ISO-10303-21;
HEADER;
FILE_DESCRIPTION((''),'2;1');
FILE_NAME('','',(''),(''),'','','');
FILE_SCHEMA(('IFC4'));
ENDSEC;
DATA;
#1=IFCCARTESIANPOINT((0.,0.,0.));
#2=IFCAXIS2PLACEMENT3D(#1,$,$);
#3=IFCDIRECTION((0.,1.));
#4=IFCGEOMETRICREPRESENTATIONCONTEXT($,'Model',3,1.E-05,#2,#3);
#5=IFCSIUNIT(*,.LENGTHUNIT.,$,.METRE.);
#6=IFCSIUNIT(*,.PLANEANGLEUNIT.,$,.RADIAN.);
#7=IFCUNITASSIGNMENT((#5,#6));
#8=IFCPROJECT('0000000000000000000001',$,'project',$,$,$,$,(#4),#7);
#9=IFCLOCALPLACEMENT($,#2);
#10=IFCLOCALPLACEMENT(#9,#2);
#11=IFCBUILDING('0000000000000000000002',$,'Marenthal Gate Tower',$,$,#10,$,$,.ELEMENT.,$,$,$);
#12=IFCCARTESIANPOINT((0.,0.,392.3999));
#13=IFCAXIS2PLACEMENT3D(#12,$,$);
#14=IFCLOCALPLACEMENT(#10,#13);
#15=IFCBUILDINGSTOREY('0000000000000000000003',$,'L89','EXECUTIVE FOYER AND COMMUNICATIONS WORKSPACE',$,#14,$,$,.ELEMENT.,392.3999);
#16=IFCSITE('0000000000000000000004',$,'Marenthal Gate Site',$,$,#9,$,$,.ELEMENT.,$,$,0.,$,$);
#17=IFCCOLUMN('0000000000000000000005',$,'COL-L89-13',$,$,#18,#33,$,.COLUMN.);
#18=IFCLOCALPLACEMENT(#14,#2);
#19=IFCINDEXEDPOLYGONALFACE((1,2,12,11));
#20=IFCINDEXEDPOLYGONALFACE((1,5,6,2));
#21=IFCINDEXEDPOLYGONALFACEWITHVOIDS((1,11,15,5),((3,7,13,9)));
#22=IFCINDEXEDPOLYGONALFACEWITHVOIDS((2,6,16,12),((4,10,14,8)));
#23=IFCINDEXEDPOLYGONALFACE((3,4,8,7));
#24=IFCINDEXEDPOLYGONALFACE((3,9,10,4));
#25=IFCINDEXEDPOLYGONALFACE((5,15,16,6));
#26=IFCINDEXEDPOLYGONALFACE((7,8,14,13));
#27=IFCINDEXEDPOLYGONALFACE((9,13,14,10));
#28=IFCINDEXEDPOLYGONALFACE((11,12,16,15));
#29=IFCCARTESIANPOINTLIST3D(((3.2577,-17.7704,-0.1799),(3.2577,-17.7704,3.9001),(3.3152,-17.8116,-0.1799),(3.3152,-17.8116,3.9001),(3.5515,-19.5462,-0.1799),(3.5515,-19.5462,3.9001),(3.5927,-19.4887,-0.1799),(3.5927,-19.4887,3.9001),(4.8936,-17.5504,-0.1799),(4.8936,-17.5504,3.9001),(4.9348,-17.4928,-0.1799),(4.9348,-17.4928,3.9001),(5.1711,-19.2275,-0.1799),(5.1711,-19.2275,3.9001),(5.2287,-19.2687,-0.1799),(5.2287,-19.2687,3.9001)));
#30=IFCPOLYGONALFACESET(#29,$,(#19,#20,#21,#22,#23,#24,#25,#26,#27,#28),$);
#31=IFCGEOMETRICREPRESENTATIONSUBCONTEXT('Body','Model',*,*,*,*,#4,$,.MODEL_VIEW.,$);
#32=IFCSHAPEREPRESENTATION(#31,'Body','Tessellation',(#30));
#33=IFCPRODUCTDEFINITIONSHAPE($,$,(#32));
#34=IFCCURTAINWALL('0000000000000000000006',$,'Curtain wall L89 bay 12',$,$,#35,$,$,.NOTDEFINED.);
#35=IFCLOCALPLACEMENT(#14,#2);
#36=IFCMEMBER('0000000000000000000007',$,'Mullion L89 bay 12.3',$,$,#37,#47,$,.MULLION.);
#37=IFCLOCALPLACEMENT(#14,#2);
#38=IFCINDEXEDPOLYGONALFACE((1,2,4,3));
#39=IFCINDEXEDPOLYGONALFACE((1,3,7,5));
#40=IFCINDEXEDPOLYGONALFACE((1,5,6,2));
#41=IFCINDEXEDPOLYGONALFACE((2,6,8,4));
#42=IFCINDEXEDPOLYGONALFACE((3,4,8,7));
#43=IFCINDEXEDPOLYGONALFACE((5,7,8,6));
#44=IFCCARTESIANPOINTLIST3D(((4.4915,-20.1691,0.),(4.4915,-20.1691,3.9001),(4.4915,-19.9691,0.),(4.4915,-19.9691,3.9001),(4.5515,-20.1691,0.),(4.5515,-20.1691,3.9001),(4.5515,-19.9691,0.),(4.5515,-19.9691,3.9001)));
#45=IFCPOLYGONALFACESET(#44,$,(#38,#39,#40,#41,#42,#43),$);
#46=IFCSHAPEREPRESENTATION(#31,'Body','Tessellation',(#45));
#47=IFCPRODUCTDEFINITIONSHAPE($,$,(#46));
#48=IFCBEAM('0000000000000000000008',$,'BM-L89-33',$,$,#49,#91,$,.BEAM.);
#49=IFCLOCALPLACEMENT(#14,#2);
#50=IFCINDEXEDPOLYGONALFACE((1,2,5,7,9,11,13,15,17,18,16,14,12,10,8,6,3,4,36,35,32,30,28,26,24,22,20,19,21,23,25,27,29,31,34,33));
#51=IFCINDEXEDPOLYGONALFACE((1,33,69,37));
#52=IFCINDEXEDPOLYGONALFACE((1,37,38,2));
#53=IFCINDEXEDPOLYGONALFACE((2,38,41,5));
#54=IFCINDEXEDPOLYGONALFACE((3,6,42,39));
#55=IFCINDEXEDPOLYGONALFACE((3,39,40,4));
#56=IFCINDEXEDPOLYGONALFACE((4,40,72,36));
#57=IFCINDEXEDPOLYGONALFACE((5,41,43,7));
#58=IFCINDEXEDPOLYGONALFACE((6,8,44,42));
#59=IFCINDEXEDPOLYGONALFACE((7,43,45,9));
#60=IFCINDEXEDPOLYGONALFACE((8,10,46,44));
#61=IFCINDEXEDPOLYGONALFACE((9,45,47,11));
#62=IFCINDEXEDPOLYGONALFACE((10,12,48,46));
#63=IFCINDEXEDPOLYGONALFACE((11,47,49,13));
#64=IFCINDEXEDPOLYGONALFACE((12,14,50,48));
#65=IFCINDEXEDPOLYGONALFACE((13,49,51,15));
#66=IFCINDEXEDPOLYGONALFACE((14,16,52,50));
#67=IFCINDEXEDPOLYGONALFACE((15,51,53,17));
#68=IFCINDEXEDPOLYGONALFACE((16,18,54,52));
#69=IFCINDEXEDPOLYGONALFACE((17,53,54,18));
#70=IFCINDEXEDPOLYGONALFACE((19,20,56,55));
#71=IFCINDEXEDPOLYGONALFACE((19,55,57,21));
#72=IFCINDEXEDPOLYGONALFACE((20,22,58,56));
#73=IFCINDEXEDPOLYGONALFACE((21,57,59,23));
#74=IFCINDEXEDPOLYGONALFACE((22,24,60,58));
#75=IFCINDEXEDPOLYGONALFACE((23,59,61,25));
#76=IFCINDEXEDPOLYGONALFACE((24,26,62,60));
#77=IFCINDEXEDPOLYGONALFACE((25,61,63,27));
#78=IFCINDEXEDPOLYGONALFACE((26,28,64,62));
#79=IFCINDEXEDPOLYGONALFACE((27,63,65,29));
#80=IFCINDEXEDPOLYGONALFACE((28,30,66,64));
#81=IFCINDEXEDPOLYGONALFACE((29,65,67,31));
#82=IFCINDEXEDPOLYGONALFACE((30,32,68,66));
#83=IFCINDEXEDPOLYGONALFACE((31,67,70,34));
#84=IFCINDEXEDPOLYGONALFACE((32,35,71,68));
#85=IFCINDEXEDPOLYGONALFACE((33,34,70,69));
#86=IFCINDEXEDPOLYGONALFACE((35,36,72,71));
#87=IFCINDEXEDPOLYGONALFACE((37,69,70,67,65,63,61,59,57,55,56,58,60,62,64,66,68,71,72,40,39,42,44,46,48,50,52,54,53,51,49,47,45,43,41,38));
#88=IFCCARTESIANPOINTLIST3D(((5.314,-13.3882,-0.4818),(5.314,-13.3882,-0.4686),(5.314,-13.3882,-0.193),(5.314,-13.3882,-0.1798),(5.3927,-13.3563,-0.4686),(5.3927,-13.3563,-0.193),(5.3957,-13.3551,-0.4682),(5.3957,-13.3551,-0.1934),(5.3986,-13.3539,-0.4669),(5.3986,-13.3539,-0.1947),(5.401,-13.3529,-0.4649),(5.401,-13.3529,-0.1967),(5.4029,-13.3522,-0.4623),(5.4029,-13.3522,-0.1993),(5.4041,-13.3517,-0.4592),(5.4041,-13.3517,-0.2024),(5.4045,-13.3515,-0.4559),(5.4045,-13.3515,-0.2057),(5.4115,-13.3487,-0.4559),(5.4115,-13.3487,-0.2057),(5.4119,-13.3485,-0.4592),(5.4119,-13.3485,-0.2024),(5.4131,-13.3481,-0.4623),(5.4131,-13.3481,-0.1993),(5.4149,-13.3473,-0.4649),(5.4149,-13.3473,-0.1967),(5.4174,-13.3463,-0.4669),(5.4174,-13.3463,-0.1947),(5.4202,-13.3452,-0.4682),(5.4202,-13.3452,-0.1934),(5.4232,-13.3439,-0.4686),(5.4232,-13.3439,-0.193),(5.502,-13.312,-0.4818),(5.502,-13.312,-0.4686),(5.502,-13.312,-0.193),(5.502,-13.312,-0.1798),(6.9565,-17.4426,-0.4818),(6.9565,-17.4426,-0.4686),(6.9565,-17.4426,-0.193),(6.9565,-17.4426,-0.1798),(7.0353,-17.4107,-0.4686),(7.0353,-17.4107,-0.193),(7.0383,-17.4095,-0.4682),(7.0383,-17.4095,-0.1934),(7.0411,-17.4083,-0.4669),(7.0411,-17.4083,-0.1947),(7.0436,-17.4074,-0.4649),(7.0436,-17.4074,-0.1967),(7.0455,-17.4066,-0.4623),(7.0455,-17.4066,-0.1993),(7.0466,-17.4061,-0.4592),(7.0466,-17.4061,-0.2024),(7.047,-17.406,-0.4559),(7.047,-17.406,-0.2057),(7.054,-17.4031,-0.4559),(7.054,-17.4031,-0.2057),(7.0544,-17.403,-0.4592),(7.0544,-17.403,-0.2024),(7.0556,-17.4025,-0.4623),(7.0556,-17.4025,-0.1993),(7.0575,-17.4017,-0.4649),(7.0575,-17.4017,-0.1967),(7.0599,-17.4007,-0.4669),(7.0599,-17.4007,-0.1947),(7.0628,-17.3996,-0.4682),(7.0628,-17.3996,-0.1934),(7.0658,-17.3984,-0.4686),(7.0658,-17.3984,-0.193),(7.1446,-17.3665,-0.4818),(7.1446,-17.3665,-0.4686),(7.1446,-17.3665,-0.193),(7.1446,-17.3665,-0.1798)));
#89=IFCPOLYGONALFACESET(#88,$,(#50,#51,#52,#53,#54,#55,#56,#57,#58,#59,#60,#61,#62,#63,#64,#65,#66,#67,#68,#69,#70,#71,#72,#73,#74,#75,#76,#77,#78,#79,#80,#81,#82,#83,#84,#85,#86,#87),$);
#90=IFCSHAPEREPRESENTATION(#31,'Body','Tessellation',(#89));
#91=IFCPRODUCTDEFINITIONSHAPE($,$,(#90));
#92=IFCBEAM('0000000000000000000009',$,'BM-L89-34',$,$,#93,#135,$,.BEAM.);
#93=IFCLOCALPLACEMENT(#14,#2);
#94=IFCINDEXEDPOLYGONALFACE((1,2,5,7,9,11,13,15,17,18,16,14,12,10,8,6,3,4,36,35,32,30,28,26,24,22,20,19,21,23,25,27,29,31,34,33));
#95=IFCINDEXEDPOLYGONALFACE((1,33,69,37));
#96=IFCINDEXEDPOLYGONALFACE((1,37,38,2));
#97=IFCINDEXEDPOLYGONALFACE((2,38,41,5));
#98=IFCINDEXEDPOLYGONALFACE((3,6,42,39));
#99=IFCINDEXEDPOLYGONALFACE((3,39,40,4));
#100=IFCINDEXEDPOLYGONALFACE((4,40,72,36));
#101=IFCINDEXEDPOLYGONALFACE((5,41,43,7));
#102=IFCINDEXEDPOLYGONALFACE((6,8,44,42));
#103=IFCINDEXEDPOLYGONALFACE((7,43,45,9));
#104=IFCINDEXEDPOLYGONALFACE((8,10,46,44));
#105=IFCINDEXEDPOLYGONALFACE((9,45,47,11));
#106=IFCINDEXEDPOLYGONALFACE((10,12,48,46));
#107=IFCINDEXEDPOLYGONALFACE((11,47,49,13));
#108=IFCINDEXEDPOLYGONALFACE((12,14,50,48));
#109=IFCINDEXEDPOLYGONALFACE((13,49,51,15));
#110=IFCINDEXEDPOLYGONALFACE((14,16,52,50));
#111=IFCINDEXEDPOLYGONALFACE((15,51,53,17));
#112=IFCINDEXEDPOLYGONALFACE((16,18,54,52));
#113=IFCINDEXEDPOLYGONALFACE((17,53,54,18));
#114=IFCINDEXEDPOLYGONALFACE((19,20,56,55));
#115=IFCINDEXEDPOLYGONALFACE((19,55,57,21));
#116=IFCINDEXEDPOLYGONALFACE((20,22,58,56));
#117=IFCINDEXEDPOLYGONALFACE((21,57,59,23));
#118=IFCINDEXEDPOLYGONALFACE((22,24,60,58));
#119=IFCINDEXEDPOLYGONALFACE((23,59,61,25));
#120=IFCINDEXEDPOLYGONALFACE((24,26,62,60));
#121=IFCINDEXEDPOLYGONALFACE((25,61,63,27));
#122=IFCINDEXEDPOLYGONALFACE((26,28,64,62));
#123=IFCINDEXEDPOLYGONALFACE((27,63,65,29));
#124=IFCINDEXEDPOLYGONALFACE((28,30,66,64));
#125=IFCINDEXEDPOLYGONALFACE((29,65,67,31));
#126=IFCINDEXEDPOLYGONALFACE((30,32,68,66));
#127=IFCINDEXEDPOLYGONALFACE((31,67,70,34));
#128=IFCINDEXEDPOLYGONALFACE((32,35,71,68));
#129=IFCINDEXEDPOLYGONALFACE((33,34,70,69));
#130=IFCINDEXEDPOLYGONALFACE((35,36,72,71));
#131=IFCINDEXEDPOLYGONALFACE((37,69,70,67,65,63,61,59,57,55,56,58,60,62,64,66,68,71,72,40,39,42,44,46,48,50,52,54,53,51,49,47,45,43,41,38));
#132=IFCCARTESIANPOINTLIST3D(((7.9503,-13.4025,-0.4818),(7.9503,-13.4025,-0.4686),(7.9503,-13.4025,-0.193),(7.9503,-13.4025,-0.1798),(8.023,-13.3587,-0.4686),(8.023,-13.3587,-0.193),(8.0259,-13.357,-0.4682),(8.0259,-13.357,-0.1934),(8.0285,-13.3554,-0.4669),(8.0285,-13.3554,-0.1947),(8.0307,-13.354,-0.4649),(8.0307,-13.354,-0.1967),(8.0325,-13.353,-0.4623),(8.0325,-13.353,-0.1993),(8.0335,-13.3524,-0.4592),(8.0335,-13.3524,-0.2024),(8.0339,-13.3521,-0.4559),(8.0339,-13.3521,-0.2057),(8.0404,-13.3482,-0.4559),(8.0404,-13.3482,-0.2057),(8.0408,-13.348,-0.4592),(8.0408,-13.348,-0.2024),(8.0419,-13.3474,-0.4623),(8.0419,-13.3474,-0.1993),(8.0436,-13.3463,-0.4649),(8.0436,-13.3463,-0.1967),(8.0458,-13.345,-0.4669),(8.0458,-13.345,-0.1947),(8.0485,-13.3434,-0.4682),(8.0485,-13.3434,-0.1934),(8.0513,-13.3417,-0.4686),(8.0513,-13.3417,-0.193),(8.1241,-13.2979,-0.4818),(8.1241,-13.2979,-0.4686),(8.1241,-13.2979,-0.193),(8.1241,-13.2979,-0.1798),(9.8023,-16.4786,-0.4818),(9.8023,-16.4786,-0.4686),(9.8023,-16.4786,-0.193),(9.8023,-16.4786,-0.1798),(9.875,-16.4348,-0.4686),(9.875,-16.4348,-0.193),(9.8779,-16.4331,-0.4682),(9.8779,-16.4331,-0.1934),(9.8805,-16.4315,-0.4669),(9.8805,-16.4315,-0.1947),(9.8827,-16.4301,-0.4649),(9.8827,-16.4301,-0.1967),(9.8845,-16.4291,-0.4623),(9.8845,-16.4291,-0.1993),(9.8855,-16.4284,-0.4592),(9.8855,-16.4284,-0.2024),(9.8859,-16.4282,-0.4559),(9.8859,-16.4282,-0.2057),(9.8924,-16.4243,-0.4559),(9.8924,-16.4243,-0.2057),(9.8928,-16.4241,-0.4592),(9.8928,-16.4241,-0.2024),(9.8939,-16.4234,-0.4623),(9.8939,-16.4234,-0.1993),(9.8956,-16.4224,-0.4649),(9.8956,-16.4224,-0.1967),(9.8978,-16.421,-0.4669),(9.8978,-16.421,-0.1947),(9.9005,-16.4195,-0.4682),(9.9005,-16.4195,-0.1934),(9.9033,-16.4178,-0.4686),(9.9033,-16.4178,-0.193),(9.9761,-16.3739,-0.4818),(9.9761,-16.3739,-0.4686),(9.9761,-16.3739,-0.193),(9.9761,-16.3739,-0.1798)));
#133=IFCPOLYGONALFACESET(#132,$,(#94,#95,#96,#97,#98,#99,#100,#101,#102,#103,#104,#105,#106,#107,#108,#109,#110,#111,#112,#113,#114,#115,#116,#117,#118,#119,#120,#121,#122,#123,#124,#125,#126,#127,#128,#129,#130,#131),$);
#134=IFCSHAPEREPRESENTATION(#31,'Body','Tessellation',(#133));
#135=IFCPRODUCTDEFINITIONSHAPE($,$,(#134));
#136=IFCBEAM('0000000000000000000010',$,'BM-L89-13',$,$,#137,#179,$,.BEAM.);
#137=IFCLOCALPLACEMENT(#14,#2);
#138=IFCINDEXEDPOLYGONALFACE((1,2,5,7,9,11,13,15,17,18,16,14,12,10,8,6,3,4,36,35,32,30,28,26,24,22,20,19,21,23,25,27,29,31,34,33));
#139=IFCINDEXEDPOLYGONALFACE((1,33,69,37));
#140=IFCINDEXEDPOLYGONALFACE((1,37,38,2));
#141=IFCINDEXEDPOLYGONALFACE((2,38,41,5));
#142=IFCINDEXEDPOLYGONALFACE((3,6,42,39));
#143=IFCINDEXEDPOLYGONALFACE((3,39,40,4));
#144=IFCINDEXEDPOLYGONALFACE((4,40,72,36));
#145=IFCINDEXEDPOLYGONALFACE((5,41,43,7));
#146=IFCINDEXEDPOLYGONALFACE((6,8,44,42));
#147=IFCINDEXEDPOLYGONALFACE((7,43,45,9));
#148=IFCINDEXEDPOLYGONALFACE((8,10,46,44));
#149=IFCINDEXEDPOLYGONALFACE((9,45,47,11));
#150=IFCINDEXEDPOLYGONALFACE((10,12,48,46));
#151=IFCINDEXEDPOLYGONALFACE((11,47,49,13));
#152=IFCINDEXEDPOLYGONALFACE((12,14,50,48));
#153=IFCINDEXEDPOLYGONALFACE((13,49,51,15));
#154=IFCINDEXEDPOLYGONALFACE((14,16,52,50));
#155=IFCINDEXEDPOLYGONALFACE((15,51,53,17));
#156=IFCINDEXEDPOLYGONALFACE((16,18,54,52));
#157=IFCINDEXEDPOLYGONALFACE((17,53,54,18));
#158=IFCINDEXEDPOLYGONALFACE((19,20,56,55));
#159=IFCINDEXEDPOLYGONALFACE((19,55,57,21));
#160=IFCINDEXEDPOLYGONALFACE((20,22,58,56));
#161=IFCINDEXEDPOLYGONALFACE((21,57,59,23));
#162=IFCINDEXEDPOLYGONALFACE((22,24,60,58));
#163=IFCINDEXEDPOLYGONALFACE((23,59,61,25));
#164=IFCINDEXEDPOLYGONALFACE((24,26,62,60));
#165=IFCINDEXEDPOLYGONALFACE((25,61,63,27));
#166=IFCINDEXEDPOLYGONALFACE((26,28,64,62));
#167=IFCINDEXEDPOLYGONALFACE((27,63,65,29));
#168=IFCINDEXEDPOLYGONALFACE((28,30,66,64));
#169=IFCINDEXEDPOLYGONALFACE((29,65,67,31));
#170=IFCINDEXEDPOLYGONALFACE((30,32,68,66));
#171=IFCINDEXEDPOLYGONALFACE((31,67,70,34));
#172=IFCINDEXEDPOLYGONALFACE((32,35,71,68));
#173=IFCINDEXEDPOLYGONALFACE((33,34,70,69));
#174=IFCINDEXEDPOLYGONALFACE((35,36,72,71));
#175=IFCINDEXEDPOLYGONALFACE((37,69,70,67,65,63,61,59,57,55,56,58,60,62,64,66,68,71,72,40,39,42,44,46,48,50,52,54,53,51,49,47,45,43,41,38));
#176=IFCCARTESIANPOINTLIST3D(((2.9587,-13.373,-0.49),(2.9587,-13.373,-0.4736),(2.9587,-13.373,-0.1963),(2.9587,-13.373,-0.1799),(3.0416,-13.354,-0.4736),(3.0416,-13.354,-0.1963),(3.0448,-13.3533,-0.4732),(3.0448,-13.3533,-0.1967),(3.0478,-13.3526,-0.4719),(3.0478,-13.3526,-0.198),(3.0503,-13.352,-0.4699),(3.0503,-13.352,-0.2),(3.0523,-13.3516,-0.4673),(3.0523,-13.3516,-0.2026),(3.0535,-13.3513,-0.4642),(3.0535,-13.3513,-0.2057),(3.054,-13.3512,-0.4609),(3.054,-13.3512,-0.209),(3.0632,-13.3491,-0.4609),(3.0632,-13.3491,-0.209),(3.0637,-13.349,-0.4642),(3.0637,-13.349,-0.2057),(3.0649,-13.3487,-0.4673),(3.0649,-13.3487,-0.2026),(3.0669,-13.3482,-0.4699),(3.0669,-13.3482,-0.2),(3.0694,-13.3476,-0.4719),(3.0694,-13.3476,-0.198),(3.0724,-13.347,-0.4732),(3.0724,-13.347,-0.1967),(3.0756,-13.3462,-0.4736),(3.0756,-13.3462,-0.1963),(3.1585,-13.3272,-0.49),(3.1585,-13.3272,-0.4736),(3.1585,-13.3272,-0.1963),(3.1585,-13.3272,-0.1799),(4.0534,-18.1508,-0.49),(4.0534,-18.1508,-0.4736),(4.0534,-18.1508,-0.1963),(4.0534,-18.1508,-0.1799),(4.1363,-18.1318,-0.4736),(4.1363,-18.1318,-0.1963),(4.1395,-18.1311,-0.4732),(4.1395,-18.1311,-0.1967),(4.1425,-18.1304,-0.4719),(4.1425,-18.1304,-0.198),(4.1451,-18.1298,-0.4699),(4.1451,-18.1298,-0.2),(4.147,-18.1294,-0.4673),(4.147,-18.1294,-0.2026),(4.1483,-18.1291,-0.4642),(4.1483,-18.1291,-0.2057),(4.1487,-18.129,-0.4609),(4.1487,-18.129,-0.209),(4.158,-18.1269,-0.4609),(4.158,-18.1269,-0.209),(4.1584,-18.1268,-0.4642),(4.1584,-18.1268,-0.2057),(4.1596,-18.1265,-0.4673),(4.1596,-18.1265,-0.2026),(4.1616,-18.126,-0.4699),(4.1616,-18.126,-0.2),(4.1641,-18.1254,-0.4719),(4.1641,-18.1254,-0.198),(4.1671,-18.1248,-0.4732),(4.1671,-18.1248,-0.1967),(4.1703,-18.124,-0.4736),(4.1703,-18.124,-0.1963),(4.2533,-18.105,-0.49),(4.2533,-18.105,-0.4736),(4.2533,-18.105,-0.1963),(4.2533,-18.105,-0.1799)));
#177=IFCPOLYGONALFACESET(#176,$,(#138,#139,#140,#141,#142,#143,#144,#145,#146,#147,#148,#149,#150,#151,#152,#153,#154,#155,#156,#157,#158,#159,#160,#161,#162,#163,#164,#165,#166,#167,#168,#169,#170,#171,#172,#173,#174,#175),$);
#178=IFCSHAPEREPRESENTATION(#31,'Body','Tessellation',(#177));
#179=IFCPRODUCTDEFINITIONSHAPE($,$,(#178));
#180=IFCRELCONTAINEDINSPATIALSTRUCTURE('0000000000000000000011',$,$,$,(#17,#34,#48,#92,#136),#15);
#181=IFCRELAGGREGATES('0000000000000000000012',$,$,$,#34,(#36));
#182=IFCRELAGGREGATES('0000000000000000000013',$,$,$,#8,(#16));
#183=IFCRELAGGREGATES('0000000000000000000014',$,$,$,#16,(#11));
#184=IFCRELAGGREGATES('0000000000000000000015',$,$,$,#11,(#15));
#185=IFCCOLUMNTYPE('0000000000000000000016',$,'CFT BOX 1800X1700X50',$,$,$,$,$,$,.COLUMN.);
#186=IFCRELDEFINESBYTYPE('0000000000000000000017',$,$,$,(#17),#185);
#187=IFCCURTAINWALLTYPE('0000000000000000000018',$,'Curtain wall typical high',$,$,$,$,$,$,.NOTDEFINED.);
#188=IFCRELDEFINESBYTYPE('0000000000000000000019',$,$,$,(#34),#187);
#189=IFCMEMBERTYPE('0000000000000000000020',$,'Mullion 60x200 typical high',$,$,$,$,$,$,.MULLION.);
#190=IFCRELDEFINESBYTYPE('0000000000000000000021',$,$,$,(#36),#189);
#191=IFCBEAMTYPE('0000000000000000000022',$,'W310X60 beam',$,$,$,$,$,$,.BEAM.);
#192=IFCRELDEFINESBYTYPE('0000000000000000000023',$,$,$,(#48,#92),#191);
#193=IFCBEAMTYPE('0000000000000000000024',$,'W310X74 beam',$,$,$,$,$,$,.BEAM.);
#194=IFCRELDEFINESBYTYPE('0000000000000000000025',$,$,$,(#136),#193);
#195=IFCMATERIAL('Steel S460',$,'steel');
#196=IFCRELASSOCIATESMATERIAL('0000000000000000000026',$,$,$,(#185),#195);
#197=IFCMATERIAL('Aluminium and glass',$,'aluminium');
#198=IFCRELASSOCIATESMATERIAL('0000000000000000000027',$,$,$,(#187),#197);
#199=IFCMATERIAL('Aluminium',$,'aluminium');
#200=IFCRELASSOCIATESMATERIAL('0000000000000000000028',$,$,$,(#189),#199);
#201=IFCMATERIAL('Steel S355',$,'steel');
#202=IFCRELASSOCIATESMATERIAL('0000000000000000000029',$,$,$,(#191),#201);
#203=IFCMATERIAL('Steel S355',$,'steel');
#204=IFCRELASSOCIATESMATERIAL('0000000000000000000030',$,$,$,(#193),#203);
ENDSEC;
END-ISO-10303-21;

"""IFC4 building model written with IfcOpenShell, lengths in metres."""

from ifc_helpers import new_model, si_unit, direction, frame, origin, origin_2d, place, context, subcontext, project, spatial, rectangle, hollow_rectangle, i_section, extrude, material, material_profile, profile_set, type_object, element, aggregate, save


model = new_model("IFC4")

# Units and contexts
model_context = context("Model", 3, precision=1e-05, world=origin(), true_north=direction((0.0, 1.0)))
body_context = subcontext(model_context, "Body", "Model", "MODEL_VIEW")
ifc_project = project(units=[si_unit("LENGTHUNIT", "METRE"), si_unit("PLANEANGLEUNIT", "RADIAN")], contexts=[model_context])

# Site, building, storey
site_placement = place(None, origin())
site = spatial("IfcSite", under=ifc_project, at=site_placement, Name="Marenthal Gate Site", CompositionType="ELEMENT", RefElevation=0.0)
building_placement = place(site_placement, origin())
building = spatial("IfcBuilding", under=site, at=building_placement, Name="Marenthal Gate Tower", CompositionType="ELEMENT")
storey_placement = place(building_placement, frame((0.0, 0.0, 392.3999)))
storey = spatial("IfcBuildingStorey", under=building, at=storey_placement, Name="L89", Description="EXECUTIVE FOYER AND COMMUNICATIONS WORKSPACE", CompositionType="ELEMENT", Elevation=392.3999)

# Column
ifc_material_1 = material(Name="Steel S460", Category="steel")
ifc_material_profile_1 = material_profile(ifc_material_1, hollow_rectangle(XDim=1.7, YDim=1.8, WallThickness=0.05, at=origin_2d()), Name="CFT BOX 1800X1700X50")
ifc_material_2 = material(Name="Concrete 70 MPa", Category="concrete")
ifc_material_profile_2 = material_profile(ifc_material_2, rectangle(XDim=1.6001, YDim=1.7, at=origin_2d()), Name="CFT BOX 1800X1700X50 INFILL")
ifc_profile_set_1 = profile_set([ifc_material_profile_1, ifc_material_profile_2], Name="Steel S460 shell, Concrete 70 MPa infill")
column_type = type_object("IfcColumnType", Name="CFT BOX 1800X1700X50", PredefinedType="COLUMN", material=ifc_profile_set_1)
column_placement = place(storey_placement, frame((4.2432, -18.5195, -0.1799), z_axis=(0.0, 0.0, 1.0), x_axis=(-0.986583, -0.163262, 0.0)))
element("IfcColumn", 1, at=column_placement, inside=storey, type_object=column_type, Name="COL-L89-13", PredefinedType="COLUMN", context=body_context, shape_type="SweptSolid", body=[
    extrude(hollow_rectangle(XDim=1.7, YDim=1.8, WallThickness=0.05, at=origin_2d()), origin(), (0.0, 0.0, 1.0), 4.0801),
])

# Curtain wall, member
ifc_material_3 = material(Name="Aluminium and glass", Category="aluminium")
curtain_wall_type = type_object("IfcCurtainWallType", Name="Curtain wall typical high", PredefinedType="NOTDEFINED", material=ifc_material_3)
curtain_wall_placement = place(storey_placement, origin())
curtain_wall = element("IfcCurtainWall", 2, at=curtain_wall_placement, inside=storey, type_object=curtain_wall_type, Name="Curtain wall L89 bay 12", PredefinedType="NOTDEFINED")
ifc_material_4 = material(Name="Aluminium", Category="aluminium")
ifc_material_profile_3 = material_profile(ifc_material_4, rectangle(XDim=0.2, YDim=0.0601, at=origin_2d()), Name="60x200 aluminium mullion")
ifc_profile_set_2 = profile_set([ifc_material_profile_3], Name="Aluminium")
member_type = type_object("IfcMemberType", Name="Mullion 60x200 typical high", PredefinedType="MULLION", material=ifc_profile_set_2)
member_placement = place(storey_placement, frame((4.5215, -20.0691, 0.0), z_axis=(0.0, 0.0, 1.0), x_axis=(0.0, 1.0, 0.0)))
member = element("IfcMember", 3, at=member_placement, type_object=member_type, Name="Mullion L89 bay 12.3", PredefinedType="MULLION", context=body_context, shape_type="SweptSolid", body=[
    extrude(rectangle(XDim=0.2, YDim=0.0601, at=origin_2d()), origin(), (0.0, 0.0, 1.0), 3.9001),
])

# Beams
ifc_material_5 = material(Name="Steel S355", Category="steel")
ifc_material_profile_4 = material_profile(ifc_material_5, i_section(OverallWidth=0.2029, OverallDepth=0.302, WebThickness=0.0076, FlangeThickness=0.0132, FilletRadius=0.0127, at=origin_2d()), Name="W310X60")
ifc_profile_set_3 = profile_set([ifc_material_profile_4], Name="Steel S355")
beam_type_1 = type_object("IfcBeamType", Name="W310X60 beam", PredefinedType="BEAM", material=ifc_profile_set_3)
beam_1_placement = place(storey_placement, frame((7.0505, -17.4045, -0.3308), z_axis=(-0.375486, 0.926828, 0.0), x_axis=(-0.926828, -0.375486, 0.0)))
element("IfcBeam", 4, at=beam_1_placement, inside=storey, type_object=beam_type_1, Name="BM-L89-33", PredefinedType="BEAM", context=body_context, shape_type="SweptSolid", body=[
    extrude(i_section(OverallWidth=0.2029, OverallDepth=0.302, WebThickness=0.0076, FlangeThickness=0.0132, FilletRadius=0.0127, at=origin_2d()), origin(), (0.0, 0.0, 1.0), 4.3745),
])
beam_2_placement = place(storey_placement, frame((9.8892, -16.4263, -0.3308), z_axis=(-0.515795, 0.856712, 0.0), x_axis=(-0.856712, -0.515795, 0.0)))
element("IfcBeam", 5, at=beam_2_placement, inside=storey, type_object=beam_type_1, Name="BM-L89-34", PredefinedType="BEAM", context=body_context, shape_type="SweptSolid", body=[
    extrude(i_section(OverallWidth=0.2029, OverallDepth=0.302, WebThickness=0.0076, FlangeThickness=0.0132, FilletRadius=0.0127, at=origin_2d()), origin(), (0.0, 0.0, 1.0), 3.5906),
])
ifc_material_6 = material(Name="Steel S355", Category="steel")
ifc_material_profile_5 = material_profile(ifc_material_6, i_section(OverallWidth=0.2051, OverallDepth=0.3101, WebThickness=0.0095, FlangeThickness=0.0164, FilletRadius=0.0127, at=origin_2d()), Name="W310X74")
ifc_profile_set_4 = profile_set([ifc_material_profile_5], Name="Steel S355")
beam_type_2 = type_object("IfcBeamType", Name="W310X74 beam", PredefinedType="BEAM", material=ifc_profile_set_4)
beam_3_placement = place(storey_placement, frame((4.1533, -18.1279, -0.335), z_axis=(-0.223339, 0.974741, 0.0), x_axis=(-0.974741, -0.223339, 0.0)))
element("IfcBeam", 6, at=beam_3_placement, inside=storey, type_object=beam_type_2, Name="BM-L89-13", PredefinedType="BEAM", context=body_context, shape_type="SweptSolid", body=[
    extrude(i_section(OverallWidth=0.2051, OverallDepth=0.3101, WebThickness=0.0095, FlangeThickness=0.0164, FilletRadius=0.0127, at=origin_2d()), origin(), (0.0, 0.0, 1.0), 4.9016),
])

aggregate(curtain_wall, [member])

save(model, "model.ifc")
